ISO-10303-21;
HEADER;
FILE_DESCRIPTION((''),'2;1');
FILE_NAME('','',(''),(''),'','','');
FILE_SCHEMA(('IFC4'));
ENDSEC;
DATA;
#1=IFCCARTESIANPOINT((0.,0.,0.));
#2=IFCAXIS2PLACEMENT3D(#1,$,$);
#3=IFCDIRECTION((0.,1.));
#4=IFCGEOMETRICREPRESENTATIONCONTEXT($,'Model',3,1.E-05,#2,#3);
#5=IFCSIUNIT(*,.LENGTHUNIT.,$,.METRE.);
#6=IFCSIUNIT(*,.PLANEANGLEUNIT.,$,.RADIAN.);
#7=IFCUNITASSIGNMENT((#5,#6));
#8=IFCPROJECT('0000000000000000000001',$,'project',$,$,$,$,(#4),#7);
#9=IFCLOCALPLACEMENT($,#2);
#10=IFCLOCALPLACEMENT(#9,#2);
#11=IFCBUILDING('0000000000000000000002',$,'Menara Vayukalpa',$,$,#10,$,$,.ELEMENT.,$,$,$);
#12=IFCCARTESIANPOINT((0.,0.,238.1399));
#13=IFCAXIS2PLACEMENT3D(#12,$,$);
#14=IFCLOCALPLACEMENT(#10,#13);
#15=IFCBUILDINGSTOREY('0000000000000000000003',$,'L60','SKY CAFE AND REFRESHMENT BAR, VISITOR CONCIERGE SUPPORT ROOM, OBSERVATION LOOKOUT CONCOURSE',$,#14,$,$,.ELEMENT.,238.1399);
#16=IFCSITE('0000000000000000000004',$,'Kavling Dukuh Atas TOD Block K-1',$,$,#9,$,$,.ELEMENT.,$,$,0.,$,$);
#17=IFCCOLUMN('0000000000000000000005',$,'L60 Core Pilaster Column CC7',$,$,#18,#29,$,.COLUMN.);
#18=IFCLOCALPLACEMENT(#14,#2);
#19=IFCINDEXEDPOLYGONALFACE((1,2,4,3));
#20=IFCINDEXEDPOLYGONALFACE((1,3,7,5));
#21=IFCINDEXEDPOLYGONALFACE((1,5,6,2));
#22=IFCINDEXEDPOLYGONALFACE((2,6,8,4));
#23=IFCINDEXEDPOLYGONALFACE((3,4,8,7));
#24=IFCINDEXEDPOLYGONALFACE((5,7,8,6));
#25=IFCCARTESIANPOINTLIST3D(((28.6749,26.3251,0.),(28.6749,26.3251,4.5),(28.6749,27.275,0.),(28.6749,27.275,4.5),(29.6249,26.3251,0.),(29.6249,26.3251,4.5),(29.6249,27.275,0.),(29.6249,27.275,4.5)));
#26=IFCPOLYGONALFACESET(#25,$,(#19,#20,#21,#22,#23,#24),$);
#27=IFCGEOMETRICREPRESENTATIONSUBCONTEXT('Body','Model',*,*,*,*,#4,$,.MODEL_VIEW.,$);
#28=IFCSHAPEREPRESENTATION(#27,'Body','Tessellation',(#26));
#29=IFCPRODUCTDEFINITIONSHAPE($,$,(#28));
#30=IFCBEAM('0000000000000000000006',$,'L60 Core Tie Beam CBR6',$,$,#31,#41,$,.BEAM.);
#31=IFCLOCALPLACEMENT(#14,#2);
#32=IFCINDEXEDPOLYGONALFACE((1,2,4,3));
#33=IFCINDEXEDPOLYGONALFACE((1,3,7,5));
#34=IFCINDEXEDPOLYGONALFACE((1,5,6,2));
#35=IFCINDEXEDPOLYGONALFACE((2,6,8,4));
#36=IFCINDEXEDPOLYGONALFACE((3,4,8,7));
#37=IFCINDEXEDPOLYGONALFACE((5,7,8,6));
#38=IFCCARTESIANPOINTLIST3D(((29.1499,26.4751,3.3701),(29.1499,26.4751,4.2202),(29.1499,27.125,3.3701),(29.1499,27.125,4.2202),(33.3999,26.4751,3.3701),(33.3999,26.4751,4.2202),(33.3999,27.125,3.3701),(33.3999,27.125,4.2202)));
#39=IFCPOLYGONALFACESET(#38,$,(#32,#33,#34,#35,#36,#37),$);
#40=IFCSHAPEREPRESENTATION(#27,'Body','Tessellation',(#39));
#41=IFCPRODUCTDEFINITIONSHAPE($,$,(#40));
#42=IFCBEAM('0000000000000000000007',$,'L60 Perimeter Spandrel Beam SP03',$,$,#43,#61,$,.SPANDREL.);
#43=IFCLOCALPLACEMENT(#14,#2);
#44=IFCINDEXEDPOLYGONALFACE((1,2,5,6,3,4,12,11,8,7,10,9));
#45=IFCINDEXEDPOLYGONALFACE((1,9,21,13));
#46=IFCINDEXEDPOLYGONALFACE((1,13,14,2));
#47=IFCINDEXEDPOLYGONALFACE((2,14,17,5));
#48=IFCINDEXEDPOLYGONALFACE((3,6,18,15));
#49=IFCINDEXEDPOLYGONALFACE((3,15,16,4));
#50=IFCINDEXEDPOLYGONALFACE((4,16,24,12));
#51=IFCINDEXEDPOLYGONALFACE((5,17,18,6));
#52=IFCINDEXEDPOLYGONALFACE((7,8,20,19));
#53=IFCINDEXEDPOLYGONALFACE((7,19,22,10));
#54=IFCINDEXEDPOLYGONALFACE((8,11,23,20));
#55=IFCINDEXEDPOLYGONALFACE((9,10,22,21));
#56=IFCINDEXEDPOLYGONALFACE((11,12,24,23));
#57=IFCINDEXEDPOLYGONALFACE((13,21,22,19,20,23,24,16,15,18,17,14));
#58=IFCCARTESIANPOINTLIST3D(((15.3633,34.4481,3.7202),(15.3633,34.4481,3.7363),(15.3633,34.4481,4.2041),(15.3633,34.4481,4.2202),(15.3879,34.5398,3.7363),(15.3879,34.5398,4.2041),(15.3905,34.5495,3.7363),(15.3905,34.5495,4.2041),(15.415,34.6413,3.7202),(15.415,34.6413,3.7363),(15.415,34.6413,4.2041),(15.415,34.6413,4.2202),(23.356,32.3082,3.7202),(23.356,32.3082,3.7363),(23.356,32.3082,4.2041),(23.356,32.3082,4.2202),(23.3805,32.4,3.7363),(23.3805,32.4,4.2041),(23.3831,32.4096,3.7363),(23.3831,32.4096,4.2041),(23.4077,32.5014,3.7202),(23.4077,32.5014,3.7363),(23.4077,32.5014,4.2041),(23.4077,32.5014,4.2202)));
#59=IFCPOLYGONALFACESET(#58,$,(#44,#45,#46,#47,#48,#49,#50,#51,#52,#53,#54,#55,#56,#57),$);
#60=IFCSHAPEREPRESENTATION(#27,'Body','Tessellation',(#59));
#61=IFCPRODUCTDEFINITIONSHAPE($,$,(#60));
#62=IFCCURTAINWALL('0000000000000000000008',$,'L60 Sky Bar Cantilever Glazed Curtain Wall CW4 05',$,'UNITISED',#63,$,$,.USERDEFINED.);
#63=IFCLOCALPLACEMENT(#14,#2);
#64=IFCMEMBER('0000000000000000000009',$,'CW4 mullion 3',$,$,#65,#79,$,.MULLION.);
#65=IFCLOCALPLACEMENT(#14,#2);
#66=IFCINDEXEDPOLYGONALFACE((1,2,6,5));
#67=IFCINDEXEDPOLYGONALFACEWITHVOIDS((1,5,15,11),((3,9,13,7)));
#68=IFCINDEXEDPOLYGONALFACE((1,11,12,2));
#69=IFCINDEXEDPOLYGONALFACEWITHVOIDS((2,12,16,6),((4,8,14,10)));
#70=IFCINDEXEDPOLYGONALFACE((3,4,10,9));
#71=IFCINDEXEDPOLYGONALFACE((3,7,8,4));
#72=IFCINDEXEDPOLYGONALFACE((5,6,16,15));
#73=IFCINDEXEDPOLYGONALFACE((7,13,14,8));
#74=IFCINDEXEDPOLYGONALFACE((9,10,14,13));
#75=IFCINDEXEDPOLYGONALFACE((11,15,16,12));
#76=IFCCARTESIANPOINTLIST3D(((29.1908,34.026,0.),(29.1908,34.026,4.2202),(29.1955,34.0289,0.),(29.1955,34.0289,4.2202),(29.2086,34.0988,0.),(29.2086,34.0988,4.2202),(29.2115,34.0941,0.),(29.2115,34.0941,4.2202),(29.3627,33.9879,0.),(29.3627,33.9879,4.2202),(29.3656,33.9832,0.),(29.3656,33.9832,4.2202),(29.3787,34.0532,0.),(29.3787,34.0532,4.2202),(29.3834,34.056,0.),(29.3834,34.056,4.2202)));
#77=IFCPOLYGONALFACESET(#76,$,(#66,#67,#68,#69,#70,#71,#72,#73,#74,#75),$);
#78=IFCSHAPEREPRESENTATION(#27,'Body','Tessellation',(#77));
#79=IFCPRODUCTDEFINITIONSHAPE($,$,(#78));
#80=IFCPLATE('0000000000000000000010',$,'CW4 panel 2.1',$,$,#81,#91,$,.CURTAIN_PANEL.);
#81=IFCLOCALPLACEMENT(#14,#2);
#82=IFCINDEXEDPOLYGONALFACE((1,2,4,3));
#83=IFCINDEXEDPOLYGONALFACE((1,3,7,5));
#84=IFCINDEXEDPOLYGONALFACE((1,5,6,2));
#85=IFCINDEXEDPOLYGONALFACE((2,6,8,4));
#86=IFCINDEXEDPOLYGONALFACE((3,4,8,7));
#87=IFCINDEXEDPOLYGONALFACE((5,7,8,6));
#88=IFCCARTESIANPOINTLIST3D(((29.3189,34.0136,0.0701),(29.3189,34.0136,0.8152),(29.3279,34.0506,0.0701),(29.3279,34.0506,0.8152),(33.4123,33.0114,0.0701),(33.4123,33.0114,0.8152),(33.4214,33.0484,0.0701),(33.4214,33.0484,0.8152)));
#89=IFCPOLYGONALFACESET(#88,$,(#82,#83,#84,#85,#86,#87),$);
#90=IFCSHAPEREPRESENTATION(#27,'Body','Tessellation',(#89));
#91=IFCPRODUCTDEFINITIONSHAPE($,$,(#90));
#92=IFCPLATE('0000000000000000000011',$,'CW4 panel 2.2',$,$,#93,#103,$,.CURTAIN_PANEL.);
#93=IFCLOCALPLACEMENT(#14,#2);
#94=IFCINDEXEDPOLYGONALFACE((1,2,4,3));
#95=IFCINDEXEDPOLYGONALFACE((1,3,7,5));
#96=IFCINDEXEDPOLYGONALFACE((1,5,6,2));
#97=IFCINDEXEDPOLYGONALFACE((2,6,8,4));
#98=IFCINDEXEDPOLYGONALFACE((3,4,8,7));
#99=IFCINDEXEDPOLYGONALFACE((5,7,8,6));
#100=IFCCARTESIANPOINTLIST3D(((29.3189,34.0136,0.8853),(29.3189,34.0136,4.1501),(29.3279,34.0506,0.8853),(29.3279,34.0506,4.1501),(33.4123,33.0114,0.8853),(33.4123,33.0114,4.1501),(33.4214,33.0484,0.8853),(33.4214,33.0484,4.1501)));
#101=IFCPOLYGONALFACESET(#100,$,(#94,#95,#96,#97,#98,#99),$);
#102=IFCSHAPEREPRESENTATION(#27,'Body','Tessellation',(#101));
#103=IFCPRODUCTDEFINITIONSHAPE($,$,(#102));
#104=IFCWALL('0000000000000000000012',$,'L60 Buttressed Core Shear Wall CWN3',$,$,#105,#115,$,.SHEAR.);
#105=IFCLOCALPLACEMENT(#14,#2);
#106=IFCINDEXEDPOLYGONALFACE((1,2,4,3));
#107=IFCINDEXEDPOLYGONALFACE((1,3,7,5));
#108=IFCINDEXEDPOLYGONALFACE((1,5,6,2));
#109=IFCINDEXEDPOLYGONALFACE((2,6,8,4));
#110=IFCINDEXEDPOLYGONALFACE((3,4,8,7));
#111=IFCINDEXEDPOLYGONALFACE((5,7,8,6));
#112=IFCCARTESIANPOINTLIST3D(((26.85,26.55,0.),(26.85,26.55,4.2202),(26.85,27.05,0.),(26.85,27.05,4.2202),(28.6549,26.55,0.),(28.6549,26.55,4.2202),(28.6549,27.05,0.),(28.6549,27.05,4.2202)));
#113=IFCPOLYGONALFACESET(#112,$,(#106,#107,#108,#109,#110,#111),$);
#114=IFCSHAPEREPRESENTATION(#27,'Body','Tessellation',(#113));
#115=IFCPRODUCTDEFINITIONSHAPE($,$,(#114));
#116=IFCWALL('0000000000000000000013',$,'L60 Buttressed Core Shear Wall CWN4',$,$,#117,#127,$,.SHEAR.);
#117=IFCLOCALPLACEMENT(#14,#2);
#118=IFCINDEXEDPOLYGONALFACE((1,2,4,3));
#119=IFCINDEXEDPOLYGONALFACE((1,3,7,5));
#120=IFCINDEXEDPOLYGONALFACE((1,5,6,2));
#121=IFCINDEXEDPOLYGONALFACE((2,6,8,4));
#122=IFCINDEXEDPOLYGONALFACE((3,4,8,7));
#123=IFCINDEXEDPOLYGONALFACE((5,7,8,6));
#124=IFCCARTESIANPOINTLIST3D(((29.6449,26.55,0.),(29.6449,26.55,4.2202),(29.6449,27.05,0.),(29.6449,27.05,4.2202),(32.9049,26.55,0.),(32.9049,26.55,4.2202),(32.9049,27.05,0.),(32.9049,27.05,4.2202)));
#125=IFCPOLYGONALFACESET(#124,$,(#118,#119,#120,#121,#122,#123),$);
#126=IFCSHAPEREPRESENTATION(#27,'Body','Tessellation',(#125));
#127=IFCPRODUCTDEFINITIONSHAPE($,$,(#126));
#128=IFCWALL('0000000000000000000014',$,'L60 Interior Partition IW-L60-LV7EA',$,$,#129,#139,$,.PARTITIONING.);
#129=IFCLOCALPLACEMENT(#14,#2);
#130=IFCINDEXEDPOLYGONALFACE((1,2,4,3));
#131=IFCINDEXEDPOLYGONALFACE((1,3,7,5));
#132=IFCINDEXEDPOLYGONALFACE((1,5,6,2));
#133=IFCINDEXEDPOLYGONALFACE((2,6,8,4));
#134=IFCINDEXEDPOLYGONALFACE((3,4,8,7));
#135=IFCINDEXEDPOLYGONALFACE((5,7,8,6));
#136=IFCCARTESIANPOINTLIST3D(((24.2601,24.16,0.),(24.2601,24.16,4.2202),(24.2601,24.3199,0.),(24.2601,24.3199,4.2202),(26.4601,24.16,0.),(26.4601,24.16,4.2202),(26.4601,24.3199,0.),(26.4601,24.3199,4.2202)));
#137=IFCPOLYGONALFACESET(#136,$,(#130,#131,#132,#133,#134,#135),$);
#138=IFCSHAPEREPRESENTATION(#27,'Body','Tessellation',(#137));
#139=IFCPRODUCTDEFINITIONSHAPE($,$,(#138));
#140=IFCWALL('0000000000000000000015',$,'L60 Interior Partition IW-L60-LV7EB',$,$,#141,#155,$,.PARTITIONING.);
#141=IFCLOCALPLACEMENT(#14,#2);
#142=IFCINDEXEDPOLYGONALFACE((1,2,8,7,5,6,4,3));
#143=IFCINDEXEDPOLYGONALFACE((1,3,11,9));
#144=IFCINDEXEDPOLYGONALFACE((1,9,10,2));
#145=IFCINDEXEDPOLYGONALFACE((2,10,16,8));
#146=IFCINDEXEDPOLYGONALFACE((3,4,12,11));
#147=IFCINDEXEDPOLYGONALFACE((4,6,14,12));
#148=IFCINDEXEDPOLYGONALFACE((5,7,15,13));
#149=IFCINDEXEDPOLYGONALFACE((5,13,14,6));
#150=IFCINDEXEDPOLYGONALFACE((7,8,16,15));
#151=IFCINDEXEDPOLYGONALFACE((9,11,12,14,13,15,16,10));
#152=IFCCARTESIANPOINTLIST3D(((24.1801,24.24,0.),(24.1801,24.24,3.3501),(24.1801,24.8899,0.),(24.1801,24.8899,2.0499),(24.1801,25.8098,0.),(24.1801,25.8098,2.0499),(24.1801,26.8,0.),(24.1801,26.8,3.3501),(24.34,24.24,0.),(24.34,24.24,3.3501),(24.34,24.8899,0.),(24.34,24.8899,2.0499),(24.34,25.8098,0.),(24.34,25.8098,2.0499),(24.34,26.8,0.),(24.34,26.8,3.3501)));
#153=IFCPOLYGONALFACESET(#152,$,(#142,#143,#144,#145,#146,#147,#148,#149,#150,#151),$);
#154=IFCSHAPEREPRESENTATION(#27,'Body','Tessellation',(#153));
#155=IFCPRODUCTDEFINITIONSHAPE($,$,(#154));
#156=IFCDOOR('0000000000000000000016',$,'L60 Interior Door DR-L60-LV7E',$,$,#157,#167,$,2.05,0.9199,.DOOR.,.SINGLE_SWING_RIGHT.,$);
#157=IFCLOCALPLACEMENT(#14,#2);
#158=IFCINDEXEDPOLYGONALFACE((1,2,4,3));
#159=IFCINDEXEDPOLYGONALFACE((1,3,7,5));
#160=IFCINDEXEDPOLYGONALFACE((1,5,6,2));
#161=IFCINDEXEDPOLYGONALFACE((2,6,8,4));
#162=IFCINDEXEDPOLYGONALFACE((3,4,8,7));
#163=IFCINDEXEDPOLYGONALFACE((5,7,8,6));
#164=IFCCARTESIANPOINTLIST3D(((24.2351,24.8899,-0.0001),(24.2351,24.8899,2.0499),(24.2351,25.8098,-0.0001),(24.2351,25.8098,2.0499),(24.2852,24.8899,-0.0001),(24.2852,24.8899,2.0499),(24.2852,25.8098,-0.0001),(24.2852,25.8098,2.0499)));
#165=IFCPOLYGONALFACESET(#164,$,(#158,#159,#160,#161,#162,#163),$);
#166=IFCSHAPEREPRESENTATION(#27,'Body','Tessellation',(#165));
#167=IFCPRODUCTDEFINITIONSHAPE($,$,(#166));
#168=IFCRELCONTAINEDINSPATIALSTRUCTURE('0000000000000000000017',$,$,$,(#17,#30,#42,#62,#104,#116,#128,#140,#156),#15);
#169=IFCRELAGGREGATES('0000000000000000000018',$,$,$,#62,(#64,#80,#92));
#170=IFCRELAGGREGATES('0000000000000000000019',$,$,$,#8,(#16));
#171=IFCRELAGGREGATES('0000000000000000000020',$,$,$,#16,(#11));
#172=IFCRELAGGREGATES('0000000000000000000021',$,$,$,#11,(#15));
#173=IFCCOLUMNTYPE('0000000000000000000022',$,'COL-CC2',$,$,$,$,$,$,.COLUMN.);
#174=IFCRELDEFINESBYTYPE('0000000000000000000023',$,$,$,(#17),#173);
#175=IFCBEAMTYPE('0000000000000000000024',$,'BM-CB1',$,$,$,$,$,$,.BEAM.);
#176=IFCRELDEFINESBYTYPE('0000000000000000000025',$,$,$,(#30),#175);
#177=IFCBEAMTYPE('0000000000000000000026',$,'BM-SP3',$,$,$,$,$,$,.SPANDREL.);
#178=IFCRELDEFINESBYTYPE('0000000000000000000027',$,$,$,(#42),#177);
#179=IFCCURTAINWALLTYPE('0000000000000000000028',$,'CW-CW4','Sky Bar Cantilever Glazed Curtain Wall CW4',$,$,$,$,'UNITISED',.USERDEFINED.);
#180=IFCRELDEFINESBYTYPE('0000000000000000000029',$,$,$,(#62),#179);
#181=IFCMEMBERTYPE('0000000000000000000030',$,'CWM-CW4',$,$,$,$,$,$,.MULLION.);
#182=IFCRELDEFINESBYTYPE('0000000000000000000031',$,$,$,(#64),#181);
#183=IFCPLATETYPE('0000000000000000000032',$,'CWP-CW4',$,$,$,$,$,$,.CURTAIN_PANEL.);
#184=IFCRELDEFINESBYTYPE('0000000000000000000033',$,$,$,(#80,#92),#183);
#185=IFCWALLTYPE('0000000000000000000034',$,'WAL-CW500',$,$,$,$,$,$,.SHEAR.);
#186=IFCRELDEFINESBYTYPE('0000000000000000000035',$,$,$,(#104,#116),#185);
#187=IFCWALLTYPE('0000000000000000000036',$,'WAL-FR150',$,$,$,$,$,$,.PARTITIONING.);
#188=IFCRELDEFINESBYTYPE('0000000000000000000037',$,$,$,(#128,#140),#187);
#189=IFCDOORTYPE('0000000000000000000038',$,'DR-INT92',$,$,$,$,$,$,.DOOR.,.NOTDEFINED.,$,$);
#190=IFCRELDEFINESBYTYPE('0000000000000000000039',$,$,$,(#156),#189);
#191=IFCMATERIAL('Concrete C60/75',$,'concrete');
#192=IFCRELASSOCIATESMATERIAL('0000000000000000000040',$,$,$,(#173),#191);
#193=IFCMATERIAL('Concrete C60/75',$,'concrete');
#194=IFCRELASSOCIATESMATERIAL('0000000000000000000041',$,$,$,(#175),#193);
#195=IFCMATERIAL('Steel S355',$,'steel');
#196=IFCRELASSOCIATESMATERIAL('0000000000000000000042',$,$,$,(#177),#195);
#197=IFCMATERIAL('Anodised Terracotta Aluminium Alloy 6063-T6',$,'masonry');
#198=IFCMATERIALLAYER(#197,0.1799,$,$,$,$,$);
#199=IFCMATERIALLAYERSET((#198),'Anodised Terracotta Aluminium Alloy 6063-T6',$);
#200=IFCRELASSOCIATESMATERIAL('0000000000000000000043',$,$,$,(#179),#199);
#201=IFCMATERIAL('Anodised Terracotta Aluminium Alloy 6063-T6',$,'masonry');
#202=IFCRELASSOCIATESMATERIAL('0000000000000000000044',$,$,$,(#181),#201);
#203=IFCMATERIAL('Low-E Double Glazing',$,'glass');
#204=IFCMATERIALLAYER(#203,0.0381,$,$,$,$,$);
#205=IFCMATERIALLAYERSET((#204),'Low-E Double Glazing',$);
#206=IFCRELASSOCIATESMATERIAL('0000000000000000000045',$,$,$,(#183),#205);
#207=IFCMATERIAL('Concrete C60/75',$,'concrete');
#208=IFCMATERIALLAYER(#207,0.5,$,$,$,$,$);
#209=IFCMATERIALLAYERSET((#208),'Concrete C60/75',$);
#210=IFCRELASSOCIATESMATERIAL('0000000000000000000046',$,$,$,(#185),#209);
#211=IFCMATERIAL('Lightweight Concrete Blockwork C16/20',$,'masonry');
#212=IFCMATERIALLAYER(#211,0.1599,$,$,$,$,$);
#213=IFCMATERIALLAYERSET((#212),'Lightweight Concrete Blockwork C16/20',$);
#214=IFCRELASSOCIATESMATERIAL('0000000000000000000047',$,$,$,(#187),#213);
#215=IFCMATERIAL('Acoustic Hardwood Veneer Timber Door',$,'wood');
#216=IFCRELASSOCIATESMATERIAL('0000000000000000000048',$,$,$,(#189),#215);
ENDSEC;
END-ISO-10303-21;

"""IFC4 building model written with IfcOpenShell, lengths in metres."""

from ifc_helpers import new_model, si_unit, direction, frame, frame_2d, origin, origin_2d, place, context, subcontext, project, spatial, rectangle, hollow_rectangle, i_section, extrude, material, layer, layer_set, material_profile, profile_set, type_object, element, fill, aggregate, save


model = new_model("IFC4")

# Units and contexts
model_context = context("Model", 3, precision=1e-05, world=origin(), true_north=direction((0.0, 1.0)))
body_context = subcontext(model_context, "Body", "Model", "MODEL_VIEW")
ifc_project = project(units=[si_unit("LENGTHUNIT", "METRE"), si_unit("PLANEANGLEUNIT", "RADIAN")], contexts=[model_context])

# Site, building, storey
site_placement = place(None, origin())
site = spatial("IfcSite", under=ifc_project, at=site_placement, Name="Kavling Dukuh Atas TOD Block K-1", CompositionType="ELEMENT", RefElevation=0.0)
building_placement = place(site_placement, origin())
building = spatial("IfcBuilding", under=site, at=building_placement, Name="Menara Vayukalpa", CompositionType="ELEMENT")
storey_placement = place(building_placement, frame((0.0, 0.0, 238.1399)))
storey = spatial("IfcBuildingStorey", under=building, at=storey_placement, Name="L60", Description="SKY CAFE AND REFRESHMENT BAR, VISITOR CONCIERGE SUPPORT ROOM, OBSERVATION LOOKOUT CONCOURSE", CompositionType="ELEMENT", Elevation=238.1399)

# Column
ifc_material_1 = material(Name="Concrete C60/75", Category="concrete")
ifc_material_profile_1 = material_profile(ifc_material_1, rectangle(XDim=0.95, YDim=0.95, at=origin_2d()), Name="RC 950x950")
ifc_profile_set_1 = profile_set([ifc_material_profile_1], Name="Concrete C60/75")
column_type = type_object("IfcColumnType", Name="COL-CC2", PredefinedType="COLUMN", material=ifc_profile_set_1)
column_placement = place(storey_placement, frame((29.1499, 26.8, 0.0), z_axis=(0.0, 0.0, 1.0), x_axis=(1.0, 0.0, 0.0)))
element("IfcColumn", 1, at=column_placement, inside=storey, type_object=column_type, Name="L60 Core Pilaster Column CC7", PredefinedType="COLUMN", context=body_context, shape_type="SweptSolid", body=[
    extrude(rectangle(XDim=0.95, YDim=0.95, at=origin_2d()), origin(), (0.0, 0.0, 1.0), 4.5),
])

# Beams
ifc_material_2 = material(Name="Concrete C60/75", Category="concrete")
ifc_material_profile_2 = material_profile(ifc_material_2, rectangle(XDim=0.6499, YDim=0.8501, at=origin_2d()), Name="RC 650x850")
ifc_profile_set_2 = profile_set([ifc_material_profile_2], Name="Concrete C60/75")
beam_type_1 = type_object("IfcBeamType", Name="BM-CB1", PredefinedType="BEAM", material=ifc_profile_set_2)
beam_1_placement = place(storey_placement, frame((29.1499, 26.8, 3.7952), z_axis=(1.0, 0.0, 0.0), x_axis=(0.0, 1.0, 0.0)))
element("IfcBeam", 2, at=beam_1_placement, inside=storey, type_object=beam_type_1, Name="L60 Core Tie Beam CBR6", PredefinedType="BEAM", context=body_context, shape_type="SweptSolid", body=[
    extrude(rectangle(XDim=0.6499, YDim=0.8501, at=origin_2d()), origin(), (0.0, 0.0, 1.0), 4.25),
])
ifc_material_3 = material(Name="Steel S355", Category="steel")
ifc_material_profile_3 = material_profile(ifc_material_3, i_section(OverallWidth=0.2, OverallDepth=0.5, WebThickness=0.01, FlangeThickness=0.0161, at=origin_2d()), Name="WF 500x200x10x16")
ifc_profile_set_3 = profile_set([ifc_material_profile_3], Name="Steel S355")
beam_type_2 = type_object("IfcBeamType", Name="BM-SP3", PredefinedType="SPANDREL", material=ifc_profile_set_3)
beam_2_placement = place(storey_placement, frame((23.3818, 32.4048, 3.9702), z_axis=(-0.965978, 0.258623, 0.0), x_axis=(-0.258623, -0.965978, 0.0)))
element("IfcBeam", 3, at=beam_2_placement, inside=storey, type_object=beam_type_2, Name="L60 Perimeter Spandrel Beam SP03", PredefinedType="SPANDREL", context=body_context, shape_type="SweptSolid", body=[
    extrude(i_section(OverallWidth=0.2, OverallDepth=0.5, WebThickness=0.01, FlangeThickness=0.0161, at=origin_2d()), origin(), (0.0, 0.0, 1.0), 8.2742),
])

# Curtain wall, member, plates
ifc_material_4 = material(Name="Anodised Terracotta Aluminium Alloy 6063-T6", Category="masonry")
ifc_layer_1 = layer(ifc_material_4, 0.1799)
ifc_layer_set_1 = layer_set([ifc_layer_1], Name="Anodised Terracotta Aluminium Alloy 6063-T6")
curtain_wall_type = type_object("IfcCurtainWallType", Name="CW-CW4", Description="Sky Bar Cantilever Glazed Curtain Wall CW4", ElementType="UNITISED", PredefinedType="USERDEFINED", material=ifc_layer_set_1)
curtain_wall_placement = place(storey_placement, origin())
curtain_wall = element("IfcCurtainWall", 4, at=curtain_wall_placement, inside=storey, type_object=curtain_wall_type, Name="L60 Sky Bar Cantilever Glazed Curtain Wall CW4 05", ObjectType="UNITISED", PredefinedType="USERDEFINED")
ifc_material_5 = material(Name="Anodised Terracotta Aluminium Alloy 6063-T6", Category="masonry")
ifc_material_profile_4 = material_profile(ifc_material_5, hollow_rectangle(XDim=0.075, YDim=0.1799, WallThickness=0.0039, at=origin_2d()), Name="ALU 75x180x4")
ifc_profile_set_4 = profile_set([ifc_material_profile_4], Name="Anodised Terracotta Aluminium Alloy 6063-T6")
member_type = type_object("IfcMemberType", Name="CWM-CW4", PredefinedType="MULLION", material=ifc_profile_set_4)
member_placement = place(storey_placement, frame((29.2871, 34.041, 0.0), z_axis=(0.0, 0.0, 1.0), x_axis=(-0.23781, -0.971312, 0.0)))
member = element("IfcMember", 5, at=member_placement, type_object=member_type, Name="CW4 mullion 3", PredefinedType="MULLION", context=body_context, shape_type="SweptSolid", body=[
    extrude(hollow_rectangle(XDim=0.075, YDim=0.1799, WallThickness=0.0039, at=origin_2d()), origin(), (0.0, 0.0, 1.0), 4.2202),
])
ifc_material_6 = material(Name="Low-E Double Glazing", Category="glass")
ifc_layer_2 = layer(ifc_material_6, 0.0381)
ifc_layer_set_2 = layer_set([ifc_layer_2], Name="Low-E Double Glazing")
plate_type = type_object("IfcPlateType", Name="CWP-CW4", PredefinedType="CURTAIN_PANEL", material=ifc_layer_set_2)
plate_1_placement = place(storey_placement, frame((31.3701, 33.531, 0.0701), z_axis=(0.0, 0.0, 1.0), x_axis=(-0.971312, 0.23781, 0.0)))
plate_1 = element("IfcPlate", 6, at=plate_1_placement, type_object=plate_type, Name="CW4 panel 2.1", PredefinedType="CURTAIN_PANEL", context=body_context, shape_type="SweptSolid", body=[
    extrude(rectangle(XDim=4.2144, YDim=0.0381, at=origin_2d()), origin(), (0.0, 0.0, 1.0), 0.7451),
])
plate_2_placement = place(storey_placement, frame((31.3701, 33.531, 0.8853), z_axis=(0.0, 0.0, 1.0), x_axis=(-0.971312, 0.23781, 0.0)))
plate_2 = element("IfcPlate", 7, at=plate_2_placement, type_object=plate_type, Name="CW4 panel 2.2", PredefinedType="CURTAIN_PANEL", context=body_context, shape_type="SweptSolid", body=[
    extrude(rectangle(XDim=4.2144, YDim=0.0381, at=origin_2d()), origin(), (0.0, 0.0, 1.0), 3.2649),
])
aggregate(curtain_wall, [member, plate_1, plate_2])

# Walls
ifc_material_7 = material(Name="Concrete C60/75", Category="concrete")
ifc_layer_3 = layer(ifc_material_7, 0.5)
ifc_layer_set_3 = layer_set([ifc_layer_3], Name="Concrete C60/75")
wall_type_1 = type_object("IfcWallType", Name="WAL-CW500", PredefinedType="SHEAR", material=ifc_layer_set_3)
wall_1_placement = place(storey_placement, frame((26.8501, 26.8, 0.0), z_axis=(0.0, 0.0, 1.0), x_axis=(1.0, 0.0, 0.0)))
element("IfcWall", 8, at=wall_1_placement, inside=storey, type_object=wall_type_1, Name="L60 Buttressed Core Shear Wall CWN3", PredefinedType="SHEAR", context=body_context, shape_type="SweptSolid", body=[
    extrude(rectangle(XDim=1.8049, YDim=0.5, at=frame_2d((0.9023, 0.0))), origin(), (0.0, 0.0, 1.0), 4.2202),
])
wall_2_placement = place(storey_placement, frame((29.645, 26.8, 0.0), z_axis=(0.0, 0.0, 1.0), x_axis=(1.0, 0.0, 0.0)))
element("IfcWall", 9, at=wall_2_placement, inside=storey, type_object=wall_type_1, Name="L60 Buttressed Core Shear Wall CWN4", PredefinedType="SHEAR", context=body_context, shape_type="SweptSolid", body=[
    extrude(rectangle(XDim=3.26, YDim=0.5, at=frame_2d((1.6299, 0.0))), origin(), (0.0, 0.0, 1.0), 4.2202),
])
ifc_material_8 = material(Name="Lightweight Concrete Blockwork C16/20", Category="masonry")
ifc_layer_4 = layer(ifc_material_8, 0.1599)
ifc_layer_set_4 = layer_set([ifc_layer_4], Name="Lightweight Concrete Blockwork C16/20")
wall_type_2 = type_object("IfcWallType", Name="WAL-FR150", PredefinedType="PARTITIONING", material=ifc_layer_set_4)
wall_3_placement = place(storey_placement, frame((24.26, 24.24, 0.0), z_axis=(0.0, 0.0, 1.0), x_axis=(1.0, 0.0, 0.0)))
element("IfcWall", 10, at=wall_3_placement, inside=storey, type_object=wall_type_2, Name="L60 Interior Partition IW-L60-LV7EA", PredefinedType="PARTITIONING", context=body_context, shape_type="SweptSolid", body=[
    extrude(rectangle(XDim=2.2, YDim=0.1599, at=frame_2d((1.1001, 0.0))), origin(), (0.0, 0.0, 1.0), 4.2202),
])

# Wall, opening, door
wall_4_placement = place(storey_placement, frame((24.26, 24.24, 0.0), z_axis=(0.0, 0.0, 1.0), x_axis=(0.0, 1.0, 0.0)))
wall_4 = element("IfcWall", 11, at=wall_4_placement, inside=storey, type_object=wall_type_2, Name="L60 Interior Partition IW-L60-LV7EB", PredefinedType="PARTITIONING", context=body_context, shape_type="SweptSolid", body=[
    extrude(rectangle(XDim=2.5601, YDim=0.1599, at=frame_2d((1.28, 0.0))), origin(), (0.0, 0.0, 1.0), 3.3501),
])
opening_1_placement = place(wall_4_placement, frame((0.6499, 0.0, 0.0)))
opening_1 = element("IfcOpeningElement", 12, at=opening_1_placement, cuts=wall_4, PredefinedType="OPENING", context=body_context, shape_type="SweptSolid", body=[
    extrude(rectangle(XDim=0.9199, YDim=2.05, at=frame_2d((0.46, 1.0249))), frame((0.0, 0.0898, 0.0), z_axis=(0.0, -1.0, 0.0), x_axis=(1.0, 0.0, 0.0)), (0.0, 0.0, 1.0), 0.1799),
])
ifc_material_9 = material(Name="Acoustic Hardwood Veneer Timber Door", Category="wood")
door_type = type_object("IfcDoorType", Name="DR-INT92", OperationType="NOTDEFINED", PredefinedType="DOOR", material=ifc_material_9)
door_1_placement = place(opening_1_placement, origin())
door_1 = element("IfcDoor", 13, at=door_1_placement, inside=storey, type_object=door_type, Name="L60 Interior Door DR-L60-LV7E", OperationType="SINGLE_SWING_RIGHT", OverallHeight=2.05, OverallWidth=0.9199, PredefinedType="DOOR", context=body_context, shape_type="SweptSolid", body=[
    extrude(rectangle(XDim=0.9199, YDim=2.05, at=frame_2d((0.46, 1.0249))), frame((0.0, 0.0249, 0.0), z_axis=(0.0, -1.0, 0.0), x_axis=(1.0, 0.0, 0.0)), (0.0, 0.0, 1.0), 0.05),
])
fill(opening_1, door_1)

save(model, "model.ifc")
